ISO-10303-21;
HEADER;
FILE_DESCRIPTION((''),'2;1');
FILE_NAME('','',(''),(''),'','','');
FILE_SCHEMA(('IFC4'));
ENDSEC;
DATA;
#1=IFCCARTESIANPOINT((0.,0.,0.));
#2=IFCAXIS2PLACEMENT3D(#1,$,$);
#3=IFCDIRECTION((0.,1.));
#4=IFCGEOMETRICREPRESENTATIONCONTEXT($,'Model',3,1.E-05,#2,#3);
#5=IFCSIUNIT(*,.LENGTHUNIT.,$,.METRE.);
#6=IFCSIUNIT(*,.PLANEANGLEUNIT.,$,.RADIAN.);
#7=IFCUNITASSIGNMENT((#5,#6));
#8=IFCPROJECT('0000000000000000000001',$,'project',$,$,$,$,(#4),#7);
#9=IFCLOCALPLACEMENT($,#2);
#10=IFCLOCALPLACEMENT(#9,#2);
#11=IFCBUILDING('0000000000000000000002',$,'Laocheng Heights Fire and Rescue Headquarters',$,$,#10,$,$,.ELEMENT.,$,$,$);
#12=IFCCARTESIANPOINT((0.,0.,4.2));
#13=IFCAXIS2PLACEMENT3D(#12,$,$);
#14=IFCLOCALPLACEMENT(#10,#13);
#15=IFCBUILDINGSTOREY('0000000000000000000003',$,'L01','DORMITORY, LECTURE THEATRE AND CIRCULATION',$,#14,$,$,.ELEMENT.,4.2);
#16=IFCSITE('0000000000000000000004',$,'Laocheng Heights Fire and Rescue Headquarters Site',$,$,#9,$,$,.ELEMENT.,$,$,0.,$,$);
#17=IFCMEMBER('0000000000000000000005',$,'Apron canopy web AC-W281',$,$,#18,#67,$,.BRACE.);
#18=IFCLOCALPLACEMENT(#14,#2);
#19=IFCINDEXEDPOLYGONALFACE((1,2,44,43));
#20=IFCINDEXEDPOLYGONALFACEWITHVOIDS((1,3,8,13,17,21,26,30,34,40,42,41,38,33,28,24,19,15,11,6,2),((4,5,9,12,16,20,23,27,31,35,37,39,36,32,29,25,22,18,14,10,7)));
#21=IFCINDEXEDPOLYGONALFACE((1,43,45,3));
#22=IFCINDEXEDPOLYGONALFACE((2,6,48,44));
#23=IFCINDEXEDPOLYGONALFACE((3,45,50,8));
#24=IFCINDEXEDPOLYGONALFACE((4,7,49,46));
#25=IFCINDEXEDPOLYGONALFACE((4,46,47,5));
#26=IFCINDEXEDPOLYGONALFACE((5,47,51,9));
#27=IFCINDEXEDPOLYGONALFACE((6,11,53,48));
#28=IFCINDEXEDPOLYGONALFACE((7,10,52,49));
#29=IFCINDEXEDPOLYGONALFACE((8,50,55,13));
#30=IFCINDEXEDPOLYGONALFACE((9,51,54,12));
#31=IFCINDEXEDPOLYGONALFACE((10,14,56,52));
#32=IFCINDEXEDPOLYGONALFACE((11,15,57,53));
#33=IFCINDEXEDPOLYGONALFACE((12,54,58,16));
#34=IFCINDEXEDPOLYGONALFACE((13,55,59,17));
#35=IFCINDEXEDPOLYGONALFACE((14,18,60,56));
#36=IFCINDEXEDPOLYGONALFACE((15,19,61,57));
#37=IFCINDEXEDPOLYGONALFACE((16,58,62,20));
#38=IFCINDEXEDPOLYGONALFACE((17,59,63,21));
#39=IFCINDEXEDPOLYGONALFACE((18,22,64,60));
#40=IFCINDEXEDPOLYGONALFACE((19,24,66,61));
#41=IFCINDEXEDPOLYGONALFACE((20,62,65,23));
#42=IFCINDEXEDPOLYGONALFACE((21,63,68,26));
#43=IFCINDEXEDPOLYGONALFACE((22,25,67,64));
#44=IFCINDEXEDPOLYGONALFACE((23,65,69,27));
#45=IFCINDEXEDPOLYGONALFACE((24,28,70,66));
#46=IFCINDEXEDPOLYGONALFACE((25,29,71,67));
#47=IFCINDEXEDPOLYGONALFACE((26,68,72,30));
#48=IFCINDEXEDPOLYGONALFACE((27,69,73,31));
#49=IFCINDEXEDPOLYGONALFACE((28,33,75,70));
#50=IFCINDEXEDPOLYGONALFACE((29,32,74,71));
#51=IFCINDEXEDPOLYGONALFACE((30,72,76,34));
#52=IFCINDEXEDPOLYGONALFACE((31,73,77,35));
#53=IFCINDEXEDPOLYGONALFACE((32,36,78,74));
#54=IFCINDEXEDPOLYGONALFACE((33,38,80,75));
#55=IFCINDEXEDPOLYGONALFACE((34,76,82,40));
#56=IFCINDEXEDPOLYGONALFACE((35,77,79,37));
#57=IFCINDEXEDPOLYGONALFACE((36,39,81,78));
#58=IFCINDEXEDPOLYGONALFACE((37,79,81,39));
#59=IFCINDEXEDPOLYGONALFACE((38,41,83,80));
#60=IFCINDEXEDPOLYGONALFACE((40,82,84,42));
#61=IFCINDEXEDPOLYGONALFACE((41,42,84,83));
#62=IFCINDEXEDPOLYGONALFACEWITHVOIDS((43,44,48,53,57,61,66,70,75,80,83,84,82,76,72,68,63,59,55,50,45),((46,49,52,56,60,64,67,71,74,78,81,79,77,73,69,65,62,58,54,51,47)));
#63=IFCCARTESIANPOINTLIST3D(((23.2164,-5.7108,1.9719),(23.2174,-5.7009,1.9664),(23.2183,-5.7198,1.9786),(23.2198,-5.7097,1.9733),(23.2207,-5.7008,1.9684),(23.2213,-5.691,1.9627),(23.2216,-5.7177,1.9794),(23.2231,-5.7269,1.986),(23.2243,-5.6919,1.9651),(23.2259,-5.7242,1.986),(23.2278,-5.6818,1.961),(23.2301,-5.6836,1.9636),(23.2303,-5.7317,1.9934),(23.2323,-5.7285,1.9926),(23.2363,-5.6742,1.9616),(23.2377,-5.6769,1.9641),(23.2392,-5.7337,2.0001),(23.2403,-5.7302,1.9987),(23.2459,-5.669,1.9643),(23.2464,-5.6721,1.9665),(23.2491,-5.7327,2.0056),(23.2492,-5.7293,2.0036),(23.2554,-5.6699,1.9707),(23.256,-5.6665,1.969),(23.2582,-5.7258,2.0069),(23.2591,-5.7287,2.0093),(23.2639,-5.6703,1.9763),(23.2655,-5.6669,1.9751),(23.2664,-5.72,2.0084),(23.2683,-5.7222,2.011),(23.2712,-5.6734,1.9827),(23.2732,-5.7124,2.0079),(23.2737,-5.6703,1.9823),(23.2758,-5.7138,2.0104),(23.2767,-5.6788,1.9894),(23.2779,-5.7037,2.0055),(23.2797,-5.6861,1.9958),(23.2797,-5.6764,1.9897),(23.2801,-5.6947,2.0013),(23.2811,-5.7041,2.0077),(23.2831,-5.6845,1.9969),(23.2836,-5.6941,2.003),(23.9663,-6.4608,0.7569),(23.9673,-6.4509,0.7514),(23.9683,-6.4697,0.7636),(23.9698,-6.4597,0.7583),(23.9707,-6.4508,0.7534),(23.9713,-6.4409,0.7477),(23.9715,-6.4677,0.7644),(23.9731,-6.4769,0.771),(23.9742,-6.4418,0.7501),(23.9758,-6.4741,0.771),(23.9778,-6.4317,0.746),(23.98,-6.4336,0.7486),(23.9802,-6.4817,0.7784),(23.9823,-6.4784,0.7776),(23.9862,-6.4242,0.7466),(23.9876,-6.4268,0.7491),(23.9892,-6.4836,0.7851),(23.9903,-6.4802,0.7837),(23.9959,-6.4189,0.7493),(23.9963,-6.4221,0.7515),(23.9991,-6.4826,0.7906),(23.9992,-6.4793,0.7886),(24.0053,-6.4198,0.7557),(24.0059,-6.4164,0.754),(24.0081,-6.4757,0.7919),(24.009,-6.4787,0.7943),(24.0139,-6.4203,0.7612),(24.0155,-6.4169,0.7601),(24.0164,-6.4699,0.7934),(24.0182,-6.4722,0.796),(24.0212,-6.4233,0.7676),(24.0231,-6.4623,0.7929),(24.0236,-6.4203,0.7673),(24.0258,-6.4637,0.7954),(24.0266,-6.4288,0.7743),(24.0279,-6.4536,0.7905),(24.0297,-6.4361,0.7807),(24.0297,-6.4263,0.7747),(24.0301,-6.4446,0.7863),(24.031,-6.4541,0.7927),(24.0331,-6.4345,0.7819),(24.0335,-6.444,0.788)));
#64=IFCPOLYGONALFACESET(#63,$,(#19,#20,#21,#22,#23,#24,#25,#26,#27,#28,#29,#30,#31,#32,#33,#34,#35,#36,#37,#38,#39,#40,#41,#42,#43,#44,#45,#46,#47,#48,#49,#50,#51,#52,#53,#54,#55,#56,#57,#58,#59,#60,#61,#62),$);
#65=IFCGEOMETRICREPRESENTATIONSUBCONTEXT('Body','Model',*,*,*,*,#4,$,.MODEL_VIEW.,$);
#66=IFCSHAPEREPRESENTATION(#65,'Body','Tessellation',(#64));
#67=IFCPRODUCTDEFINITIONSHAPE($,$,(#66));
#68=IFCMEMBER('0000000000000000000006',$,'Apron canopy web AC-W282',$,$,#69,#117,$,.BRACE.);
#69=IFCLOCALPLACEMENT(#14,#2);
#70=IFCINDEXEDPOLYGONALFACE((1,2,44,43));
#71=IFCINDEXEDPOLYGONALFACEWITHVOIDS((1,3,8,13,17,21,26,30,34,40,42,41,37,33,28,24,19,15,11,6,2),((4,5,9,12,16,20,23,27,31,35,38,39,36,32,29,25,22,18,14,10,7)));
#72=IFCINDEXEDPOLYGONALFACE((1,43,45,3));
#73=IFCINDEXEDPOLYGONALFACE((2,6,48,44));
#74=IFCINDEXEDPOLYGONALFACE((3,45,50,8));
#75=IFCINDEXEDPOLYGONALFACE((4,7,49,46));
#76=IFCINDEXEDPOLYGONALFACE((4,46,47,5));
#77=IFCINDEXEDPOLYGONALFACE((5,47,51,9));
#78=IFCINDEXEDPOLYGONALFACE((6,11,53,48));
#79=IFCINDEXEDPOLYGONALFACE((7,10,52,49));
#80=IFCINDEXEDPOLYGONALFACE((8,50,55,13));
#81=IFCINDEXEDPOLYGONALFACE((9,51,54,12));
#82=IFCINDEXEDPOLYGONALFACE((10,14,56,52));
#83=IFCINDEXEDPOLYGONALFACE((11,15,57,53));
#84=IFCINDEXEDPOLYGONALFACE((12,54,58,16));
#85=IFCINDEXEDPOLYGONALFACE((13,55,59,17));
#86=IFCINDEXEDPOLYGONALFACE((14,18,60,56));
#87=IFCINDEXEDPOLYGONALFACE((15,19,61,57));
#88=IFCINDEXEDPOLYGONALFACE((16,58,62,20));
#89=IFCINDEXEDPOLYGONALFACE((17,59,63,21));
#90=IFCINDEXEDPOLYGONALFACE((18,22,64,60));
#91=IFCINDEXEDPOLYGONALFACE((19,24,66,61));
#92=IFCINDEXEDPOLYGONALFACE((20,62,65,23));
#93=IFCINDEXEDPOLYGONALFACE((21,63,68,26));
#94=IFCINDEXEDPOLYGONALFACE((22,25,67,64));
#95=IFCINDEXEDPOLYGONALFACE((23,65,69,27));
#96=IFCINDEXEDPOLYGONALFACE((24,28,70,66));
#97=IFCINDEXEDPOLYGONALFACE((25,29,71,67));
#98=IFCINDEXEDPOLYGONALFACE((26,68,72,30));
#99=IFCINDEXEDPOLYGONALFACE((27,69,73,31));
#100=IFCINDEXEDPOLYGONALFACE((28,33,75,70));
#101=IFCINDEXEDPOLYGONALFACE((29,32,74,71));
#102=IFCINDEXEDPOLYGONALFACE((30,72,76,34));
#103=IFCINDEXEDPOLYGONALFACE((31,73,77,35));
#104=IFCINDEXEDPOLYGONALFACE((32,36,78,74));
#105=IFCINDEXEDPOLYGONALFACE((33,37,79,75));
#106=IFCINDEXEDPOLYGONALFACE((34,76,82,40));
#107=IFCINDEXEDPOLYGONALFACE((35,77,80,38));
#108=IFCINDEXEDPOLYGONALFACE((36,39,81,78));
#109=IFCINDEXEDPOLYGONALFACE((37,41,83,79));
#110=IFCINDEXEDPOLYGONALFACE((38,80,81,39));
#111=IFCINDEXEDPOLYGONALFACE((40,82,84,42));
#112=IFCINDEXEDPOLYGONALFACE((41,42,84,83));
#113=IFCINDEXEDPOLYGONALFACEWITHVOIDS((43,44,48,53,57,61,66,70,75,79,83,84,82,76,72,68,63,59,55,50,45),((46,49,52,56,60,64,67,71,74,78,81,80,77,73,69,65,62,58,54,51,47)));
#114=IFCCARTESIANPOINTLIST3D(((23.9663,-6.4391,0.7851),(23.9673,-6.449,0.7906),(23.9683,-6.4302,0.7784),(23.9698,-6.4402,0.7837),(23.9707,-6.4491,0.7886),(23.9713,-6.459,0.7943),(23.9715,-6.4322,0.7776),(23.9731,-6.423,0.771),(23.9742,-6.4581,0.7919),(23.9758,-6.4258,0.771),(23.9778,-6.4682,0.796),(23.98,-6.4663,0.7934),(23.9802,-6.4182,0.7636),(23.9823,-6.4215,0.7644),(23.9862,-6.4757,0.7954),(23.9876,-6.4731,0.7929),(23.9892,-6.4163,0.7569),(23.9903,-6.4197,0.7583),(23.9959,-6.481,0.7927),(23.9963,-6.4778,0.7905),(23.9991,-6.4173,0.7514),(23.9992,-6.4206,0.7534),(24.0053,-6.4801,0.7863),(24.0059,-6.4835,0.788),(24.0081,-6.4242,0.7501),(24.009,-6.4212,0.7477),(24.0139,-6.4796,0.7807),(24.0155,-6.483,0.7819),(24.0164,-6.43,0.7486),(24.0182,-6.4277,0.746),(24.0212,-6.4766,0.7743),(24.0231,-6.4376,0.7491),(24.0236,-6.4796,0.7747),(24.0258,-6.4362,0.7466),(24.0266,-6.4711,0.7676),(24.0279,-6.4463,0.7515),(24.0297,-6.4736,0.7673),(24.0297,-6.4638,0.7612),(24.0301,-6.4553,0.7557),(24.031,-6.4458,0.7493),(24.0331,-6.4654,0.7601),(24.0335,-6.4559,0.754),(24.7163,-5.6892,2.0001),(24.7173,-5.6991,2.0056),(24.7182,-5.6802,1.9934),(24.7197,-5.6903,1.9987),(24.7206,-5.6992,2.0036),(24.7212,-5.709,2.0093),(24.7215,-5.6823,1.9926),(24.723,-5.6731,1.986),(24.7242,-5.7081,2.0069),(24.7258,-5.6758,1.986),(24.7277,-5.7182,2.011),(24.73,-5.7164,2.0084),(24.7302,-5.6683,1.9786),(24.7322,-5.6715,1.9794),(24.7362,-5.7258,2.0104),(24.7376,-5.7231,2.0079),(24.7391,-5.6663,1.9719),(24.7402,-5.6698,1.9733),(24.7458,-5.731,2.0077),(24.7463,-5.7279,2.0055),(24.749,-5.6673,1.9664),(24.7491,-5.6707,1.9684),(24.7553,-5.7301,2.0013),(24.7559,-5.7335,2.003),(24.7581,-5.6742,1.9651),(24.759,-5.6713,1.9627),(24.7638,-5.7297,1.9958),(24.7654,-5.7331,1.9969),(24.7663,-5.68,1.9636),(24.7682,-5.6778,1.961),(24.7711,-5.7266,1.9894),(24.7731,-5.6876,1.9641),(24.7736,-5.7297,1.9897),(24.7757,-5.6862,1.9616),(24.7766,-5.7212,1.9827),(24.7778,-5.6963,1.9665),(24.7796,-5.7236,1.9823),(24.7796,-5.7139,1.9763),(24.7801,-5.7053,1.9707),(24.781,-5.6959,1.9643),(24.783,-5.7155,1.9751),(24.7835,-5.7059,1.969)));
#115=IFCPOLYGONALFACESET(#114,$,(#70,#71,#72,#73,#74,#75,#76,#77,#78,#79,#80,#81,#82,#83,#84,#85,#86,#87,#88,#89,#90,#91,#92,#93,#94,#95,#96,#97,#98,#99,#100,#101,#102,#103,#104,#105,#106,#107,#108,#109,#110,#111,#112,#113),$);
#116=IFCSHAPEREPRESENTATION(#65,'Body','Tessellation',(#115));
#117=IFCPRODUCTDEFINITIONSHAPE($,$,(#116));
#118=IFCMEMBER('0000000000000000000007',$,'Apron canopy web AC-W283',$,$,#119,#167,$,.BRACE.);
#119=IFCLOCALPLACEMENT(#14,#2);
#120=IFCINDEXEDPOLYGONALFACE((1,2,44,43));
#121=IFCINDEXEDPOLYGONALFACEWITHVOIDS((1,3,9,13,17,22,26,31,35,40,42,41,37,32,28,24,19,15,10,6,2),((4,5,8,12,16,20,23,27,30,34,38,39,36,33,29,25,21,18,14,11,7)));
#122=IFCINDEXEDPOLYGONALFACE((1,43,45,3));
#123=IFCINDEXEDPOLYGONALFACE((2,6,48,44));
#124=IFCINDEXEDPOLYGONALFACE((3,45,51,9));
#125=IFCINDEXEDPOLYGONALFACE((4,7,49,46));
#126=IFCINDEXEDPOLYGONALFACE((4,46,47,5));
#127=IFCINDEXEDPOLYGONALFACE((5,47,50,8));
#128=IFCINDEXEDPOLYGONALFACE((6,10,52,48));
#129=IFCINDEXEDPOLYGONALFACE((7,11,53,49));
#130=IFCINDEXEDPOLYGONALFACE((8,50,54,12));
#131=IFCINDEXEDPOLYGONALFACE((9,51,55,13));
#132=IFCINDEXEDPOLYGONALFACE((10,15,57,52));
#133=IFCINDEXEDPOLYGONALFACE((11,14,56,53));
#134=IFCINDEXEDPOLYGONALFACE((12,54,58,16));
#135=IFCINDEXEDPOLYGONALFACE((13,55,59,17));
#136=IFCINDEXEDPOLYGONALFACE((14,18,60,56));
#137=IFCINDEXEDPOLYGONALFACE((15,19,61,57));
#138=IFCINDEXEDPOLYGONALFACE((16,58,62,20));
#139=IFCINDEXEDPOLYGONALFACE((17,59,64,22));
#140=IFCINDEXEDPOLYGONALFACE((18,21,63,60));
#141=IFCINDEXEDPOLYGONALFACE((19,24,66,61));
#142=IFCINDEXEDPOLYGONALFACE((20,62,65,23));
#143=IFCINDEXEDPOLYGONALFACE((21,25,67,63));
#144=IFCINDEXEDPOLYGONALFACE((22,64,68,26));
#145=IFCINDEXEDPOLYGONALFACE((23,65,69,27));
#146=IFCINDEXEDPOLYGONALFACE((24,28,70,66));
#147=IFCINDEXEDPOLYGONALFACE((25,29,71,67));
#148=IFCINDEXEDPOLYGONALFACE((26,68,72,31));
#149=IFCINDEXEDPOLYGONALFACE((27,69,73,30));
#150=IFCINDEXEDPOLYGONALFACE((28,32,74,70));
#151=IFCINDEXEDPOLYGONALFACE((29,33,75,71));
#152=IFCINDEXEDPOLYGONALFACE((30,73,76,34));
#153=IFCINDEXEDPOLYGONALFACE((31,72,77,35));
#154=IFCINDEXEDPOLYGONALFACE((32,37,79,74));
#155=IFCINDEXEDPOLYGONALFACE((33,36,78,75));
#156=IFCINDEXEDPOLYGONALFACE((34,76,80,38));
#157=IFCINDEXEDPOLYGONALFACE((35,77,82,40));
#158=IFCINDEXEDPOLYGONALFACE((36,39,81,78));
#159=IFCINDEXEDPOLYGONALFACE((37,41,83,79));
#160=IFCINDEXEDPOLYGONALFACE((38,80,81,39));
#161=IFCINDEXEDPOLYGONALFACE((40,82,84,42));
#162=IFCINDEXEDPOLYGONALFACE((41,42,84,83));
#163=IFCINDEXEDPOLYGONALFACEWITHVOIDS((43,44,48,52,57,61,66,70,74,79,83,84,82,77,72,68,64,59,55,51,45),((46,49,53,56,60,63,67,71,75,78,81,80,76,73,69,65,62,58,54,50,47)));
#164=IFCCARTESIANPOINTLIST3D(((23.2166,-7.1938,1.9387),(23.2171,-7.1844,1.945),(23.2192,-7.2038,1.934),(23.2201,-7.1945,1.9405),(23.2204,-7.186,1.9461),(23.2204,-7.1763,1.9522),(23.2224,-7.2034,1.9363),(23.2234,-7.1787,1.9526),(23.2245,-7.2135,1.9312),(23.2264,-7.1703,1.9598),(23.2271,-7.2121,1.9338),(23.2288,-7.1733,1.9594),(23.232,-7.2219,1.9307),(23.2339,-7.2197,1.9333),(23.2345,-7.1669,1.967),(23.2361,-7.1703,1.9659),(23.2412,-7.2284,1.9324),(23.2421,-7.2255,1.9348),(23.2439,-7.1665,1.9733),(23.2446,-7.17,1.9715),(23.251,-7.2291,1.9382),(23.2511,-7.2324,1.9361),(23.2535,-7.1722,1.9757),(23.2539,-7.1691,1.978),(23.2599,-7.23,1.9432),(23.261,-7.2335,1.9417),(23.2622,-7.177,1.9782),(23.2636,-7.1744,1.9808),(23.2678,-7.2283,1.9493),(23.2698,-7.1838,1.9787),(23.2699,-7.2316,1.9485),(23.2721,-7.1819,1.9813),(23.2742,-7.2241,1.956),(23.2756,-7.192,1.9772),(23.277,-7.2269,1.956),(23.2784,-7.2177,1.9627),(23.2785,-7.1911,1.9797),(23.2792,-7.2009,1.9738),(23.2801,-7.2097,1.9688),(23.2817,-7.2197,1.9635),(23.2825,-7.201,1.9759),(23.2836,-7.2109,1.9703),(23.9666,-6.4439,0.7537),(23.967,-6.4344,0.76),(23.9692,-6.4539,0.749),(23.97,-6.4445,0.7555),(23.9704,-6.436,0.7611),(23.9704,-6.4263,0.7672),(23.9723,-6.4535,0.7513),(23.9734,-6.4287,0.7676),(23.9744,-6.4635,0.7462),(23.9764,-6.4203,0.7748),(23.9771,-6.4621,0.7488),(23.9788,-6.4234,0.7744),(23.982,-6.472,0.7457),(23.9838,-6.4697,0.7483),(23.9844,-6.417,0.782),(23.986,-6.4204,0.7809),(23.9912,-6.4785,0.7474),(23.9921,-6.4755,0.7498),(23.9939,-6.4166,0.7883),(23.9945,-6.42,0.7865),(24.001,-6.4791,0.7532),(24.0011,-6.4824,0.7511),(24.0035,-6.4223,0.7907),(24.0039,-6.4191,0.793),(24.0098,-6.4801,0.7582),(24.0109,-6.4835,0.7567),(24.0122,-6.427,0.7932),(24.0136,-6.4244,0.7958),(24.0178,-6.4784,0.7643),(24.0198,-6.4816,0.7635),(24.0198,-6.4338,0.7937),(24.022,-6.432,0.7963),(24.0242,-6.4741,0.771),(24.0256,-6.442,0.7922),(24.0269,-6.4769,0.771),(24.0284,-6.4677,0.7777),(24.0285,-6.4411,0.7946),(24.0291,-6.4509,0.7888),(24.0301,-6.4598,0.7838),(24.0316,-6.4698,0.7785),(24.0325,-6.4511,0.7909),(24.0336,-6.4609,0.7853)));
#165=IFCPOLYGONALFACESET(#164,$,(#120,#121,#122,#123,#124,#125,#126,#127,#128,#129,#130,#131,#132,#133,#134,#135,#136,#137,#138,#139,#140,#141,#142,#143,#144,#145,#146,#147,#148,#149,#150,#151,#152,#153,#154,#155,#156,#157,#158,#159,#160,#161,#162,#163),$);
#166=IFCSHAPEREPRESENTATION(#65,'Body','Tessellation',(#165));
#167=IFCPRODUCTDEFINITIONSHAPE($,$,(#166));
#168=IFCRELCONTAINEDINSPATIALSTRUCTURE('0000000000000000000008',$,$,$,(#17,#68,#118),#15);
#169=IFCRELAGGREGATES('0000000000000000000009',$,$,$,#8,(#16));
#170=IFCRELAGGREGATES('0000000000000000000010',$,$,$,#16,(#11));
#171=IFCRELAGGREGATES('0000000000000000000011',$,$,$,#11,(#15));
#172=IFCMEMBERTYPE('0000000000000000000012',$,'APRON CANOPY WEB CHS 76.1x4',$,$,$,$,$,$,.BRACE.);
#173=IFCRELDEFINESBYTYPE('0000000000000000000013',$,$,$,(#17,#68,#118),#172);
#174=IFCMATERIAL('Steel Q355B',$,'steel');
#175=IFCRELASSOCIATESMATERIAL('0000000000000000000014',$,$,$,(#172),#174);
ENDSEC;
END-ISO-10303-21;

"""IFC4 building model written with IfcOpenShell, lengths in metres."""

from ifc_helpers import new_model, si_unit, direction, frame, origin, origin_2d, place, context, subcontext, project, spatial, hollow_circle, extrude, material, material_profile, profile_set, type_object, element, save


model = new_model("IFC4")

# Units and contexts
model_context = context("Model", 3, precision=1e-05, world=origin(), true_north=direction((0.0, 1.0)))
body_context = subcontext(model_context, "Body", "Model", "MODEL_VIEW")
ifc_project = project(units=[si_unit("LENGTHUNIT", "METRE"), si_unit("PLANEANGLEUNIT", "RADIAN")], contexts=[model_context])

# Site, building, storey
site_placement = place(None, origin())
site = spatial("IfcSite", under=ifc_project, at=site_placement, Name="Laocheng Heights Fire and Rescue Headquarters Site", CompositionType="ELEMENT", RefElevation=0.0)
building_placement = place(site_placement, origin())
building = spatial("IfcBuilding", under=site, at=building_placement, Name="Laocheng Heights Fire and Rescue Headquarters", CompositionType="ELEMENT")
storey_placement = place(building_placement, frame((0.0, 0.0, 4.2)))
storey = spatial("IfcBuildingStorey", under=building, at=storey_placement, Name="L01", Description="DORMITORY, LECTURE THEATRE AND CIRCULATION", CompositionType="ELEMENT", Elevation=4.2)

# Members
ifc_material_1 = material(Name="Steel Q355B", Category="steel")
ifc_material_profile_1 = material_profile(ifc_material_1, hollow_circle(Radius=0.0381, WallThickness=0.0039, at=origin_2d()), Name="CHS 76.1x4")
ifc_profile_set_1 = profile_set([ifc_material_profile_1], Name="Steel Q355B")
member_type_1 = type_object("IfcMemberType", Name="APRON CANOPY WEB CHS 76.1x4", PredefinedType="BRACE", material=ifc_profile_set_1)
for number, where, z_axis, x_axis, name in (
    (1, (24.0, -6.45, 0.771), (-0.465002, 0.465002, 0.753357), (-0.707107, -0.707107, 0.0), "Apron canopy web AC-W281"),
    (2, (24.0, -6.45, 0.771), (0.465002, 0.465002, 0.753357), (-0.707107, 0.707107, 0.0), "Apron canopy web AC-W282"),
):
    element("IfcMember", number, at=place(storey_placement, frame(where, z_axis=z_axis, x_axis=x_axis)), inside=storey, type_object=member_type_1, Name=name, PredefinedType="BRACE", context=body_context, shape_type="SweptSolid", body=[
        extrude(hollow_circle(Radius=0.0381, WallThickness=0.0039, at=origin_2d()), origin(), (0.0, 0.0, 1.0), 1.6128),
    ])
for number, where, z_axis, x_axis, name in (
    (3, (24.0, -6.45, 0.771), (-0.47158, -0.47158, 0.745134), (0.707107, -0.707107, 0.0), "Apron canopy web AC-W283"),
):
    element("IfcMember", number, at=place(storey_placement, frame(where, z_axis=z_axis, x_axis=x_axis)), inside=storey, type_object=member_type_1, Name=name, PredefinedType="BRACE", context=body_context, shape_type="SweptSolid", body=[
        extrude(hollow_circle(Radius=0.0381, WallThickness=0.0039, at=origin_2d()), origin(), (0.0, 0.0, 1.0), 1.5903),
    ])

save(model, "model.ifc")
